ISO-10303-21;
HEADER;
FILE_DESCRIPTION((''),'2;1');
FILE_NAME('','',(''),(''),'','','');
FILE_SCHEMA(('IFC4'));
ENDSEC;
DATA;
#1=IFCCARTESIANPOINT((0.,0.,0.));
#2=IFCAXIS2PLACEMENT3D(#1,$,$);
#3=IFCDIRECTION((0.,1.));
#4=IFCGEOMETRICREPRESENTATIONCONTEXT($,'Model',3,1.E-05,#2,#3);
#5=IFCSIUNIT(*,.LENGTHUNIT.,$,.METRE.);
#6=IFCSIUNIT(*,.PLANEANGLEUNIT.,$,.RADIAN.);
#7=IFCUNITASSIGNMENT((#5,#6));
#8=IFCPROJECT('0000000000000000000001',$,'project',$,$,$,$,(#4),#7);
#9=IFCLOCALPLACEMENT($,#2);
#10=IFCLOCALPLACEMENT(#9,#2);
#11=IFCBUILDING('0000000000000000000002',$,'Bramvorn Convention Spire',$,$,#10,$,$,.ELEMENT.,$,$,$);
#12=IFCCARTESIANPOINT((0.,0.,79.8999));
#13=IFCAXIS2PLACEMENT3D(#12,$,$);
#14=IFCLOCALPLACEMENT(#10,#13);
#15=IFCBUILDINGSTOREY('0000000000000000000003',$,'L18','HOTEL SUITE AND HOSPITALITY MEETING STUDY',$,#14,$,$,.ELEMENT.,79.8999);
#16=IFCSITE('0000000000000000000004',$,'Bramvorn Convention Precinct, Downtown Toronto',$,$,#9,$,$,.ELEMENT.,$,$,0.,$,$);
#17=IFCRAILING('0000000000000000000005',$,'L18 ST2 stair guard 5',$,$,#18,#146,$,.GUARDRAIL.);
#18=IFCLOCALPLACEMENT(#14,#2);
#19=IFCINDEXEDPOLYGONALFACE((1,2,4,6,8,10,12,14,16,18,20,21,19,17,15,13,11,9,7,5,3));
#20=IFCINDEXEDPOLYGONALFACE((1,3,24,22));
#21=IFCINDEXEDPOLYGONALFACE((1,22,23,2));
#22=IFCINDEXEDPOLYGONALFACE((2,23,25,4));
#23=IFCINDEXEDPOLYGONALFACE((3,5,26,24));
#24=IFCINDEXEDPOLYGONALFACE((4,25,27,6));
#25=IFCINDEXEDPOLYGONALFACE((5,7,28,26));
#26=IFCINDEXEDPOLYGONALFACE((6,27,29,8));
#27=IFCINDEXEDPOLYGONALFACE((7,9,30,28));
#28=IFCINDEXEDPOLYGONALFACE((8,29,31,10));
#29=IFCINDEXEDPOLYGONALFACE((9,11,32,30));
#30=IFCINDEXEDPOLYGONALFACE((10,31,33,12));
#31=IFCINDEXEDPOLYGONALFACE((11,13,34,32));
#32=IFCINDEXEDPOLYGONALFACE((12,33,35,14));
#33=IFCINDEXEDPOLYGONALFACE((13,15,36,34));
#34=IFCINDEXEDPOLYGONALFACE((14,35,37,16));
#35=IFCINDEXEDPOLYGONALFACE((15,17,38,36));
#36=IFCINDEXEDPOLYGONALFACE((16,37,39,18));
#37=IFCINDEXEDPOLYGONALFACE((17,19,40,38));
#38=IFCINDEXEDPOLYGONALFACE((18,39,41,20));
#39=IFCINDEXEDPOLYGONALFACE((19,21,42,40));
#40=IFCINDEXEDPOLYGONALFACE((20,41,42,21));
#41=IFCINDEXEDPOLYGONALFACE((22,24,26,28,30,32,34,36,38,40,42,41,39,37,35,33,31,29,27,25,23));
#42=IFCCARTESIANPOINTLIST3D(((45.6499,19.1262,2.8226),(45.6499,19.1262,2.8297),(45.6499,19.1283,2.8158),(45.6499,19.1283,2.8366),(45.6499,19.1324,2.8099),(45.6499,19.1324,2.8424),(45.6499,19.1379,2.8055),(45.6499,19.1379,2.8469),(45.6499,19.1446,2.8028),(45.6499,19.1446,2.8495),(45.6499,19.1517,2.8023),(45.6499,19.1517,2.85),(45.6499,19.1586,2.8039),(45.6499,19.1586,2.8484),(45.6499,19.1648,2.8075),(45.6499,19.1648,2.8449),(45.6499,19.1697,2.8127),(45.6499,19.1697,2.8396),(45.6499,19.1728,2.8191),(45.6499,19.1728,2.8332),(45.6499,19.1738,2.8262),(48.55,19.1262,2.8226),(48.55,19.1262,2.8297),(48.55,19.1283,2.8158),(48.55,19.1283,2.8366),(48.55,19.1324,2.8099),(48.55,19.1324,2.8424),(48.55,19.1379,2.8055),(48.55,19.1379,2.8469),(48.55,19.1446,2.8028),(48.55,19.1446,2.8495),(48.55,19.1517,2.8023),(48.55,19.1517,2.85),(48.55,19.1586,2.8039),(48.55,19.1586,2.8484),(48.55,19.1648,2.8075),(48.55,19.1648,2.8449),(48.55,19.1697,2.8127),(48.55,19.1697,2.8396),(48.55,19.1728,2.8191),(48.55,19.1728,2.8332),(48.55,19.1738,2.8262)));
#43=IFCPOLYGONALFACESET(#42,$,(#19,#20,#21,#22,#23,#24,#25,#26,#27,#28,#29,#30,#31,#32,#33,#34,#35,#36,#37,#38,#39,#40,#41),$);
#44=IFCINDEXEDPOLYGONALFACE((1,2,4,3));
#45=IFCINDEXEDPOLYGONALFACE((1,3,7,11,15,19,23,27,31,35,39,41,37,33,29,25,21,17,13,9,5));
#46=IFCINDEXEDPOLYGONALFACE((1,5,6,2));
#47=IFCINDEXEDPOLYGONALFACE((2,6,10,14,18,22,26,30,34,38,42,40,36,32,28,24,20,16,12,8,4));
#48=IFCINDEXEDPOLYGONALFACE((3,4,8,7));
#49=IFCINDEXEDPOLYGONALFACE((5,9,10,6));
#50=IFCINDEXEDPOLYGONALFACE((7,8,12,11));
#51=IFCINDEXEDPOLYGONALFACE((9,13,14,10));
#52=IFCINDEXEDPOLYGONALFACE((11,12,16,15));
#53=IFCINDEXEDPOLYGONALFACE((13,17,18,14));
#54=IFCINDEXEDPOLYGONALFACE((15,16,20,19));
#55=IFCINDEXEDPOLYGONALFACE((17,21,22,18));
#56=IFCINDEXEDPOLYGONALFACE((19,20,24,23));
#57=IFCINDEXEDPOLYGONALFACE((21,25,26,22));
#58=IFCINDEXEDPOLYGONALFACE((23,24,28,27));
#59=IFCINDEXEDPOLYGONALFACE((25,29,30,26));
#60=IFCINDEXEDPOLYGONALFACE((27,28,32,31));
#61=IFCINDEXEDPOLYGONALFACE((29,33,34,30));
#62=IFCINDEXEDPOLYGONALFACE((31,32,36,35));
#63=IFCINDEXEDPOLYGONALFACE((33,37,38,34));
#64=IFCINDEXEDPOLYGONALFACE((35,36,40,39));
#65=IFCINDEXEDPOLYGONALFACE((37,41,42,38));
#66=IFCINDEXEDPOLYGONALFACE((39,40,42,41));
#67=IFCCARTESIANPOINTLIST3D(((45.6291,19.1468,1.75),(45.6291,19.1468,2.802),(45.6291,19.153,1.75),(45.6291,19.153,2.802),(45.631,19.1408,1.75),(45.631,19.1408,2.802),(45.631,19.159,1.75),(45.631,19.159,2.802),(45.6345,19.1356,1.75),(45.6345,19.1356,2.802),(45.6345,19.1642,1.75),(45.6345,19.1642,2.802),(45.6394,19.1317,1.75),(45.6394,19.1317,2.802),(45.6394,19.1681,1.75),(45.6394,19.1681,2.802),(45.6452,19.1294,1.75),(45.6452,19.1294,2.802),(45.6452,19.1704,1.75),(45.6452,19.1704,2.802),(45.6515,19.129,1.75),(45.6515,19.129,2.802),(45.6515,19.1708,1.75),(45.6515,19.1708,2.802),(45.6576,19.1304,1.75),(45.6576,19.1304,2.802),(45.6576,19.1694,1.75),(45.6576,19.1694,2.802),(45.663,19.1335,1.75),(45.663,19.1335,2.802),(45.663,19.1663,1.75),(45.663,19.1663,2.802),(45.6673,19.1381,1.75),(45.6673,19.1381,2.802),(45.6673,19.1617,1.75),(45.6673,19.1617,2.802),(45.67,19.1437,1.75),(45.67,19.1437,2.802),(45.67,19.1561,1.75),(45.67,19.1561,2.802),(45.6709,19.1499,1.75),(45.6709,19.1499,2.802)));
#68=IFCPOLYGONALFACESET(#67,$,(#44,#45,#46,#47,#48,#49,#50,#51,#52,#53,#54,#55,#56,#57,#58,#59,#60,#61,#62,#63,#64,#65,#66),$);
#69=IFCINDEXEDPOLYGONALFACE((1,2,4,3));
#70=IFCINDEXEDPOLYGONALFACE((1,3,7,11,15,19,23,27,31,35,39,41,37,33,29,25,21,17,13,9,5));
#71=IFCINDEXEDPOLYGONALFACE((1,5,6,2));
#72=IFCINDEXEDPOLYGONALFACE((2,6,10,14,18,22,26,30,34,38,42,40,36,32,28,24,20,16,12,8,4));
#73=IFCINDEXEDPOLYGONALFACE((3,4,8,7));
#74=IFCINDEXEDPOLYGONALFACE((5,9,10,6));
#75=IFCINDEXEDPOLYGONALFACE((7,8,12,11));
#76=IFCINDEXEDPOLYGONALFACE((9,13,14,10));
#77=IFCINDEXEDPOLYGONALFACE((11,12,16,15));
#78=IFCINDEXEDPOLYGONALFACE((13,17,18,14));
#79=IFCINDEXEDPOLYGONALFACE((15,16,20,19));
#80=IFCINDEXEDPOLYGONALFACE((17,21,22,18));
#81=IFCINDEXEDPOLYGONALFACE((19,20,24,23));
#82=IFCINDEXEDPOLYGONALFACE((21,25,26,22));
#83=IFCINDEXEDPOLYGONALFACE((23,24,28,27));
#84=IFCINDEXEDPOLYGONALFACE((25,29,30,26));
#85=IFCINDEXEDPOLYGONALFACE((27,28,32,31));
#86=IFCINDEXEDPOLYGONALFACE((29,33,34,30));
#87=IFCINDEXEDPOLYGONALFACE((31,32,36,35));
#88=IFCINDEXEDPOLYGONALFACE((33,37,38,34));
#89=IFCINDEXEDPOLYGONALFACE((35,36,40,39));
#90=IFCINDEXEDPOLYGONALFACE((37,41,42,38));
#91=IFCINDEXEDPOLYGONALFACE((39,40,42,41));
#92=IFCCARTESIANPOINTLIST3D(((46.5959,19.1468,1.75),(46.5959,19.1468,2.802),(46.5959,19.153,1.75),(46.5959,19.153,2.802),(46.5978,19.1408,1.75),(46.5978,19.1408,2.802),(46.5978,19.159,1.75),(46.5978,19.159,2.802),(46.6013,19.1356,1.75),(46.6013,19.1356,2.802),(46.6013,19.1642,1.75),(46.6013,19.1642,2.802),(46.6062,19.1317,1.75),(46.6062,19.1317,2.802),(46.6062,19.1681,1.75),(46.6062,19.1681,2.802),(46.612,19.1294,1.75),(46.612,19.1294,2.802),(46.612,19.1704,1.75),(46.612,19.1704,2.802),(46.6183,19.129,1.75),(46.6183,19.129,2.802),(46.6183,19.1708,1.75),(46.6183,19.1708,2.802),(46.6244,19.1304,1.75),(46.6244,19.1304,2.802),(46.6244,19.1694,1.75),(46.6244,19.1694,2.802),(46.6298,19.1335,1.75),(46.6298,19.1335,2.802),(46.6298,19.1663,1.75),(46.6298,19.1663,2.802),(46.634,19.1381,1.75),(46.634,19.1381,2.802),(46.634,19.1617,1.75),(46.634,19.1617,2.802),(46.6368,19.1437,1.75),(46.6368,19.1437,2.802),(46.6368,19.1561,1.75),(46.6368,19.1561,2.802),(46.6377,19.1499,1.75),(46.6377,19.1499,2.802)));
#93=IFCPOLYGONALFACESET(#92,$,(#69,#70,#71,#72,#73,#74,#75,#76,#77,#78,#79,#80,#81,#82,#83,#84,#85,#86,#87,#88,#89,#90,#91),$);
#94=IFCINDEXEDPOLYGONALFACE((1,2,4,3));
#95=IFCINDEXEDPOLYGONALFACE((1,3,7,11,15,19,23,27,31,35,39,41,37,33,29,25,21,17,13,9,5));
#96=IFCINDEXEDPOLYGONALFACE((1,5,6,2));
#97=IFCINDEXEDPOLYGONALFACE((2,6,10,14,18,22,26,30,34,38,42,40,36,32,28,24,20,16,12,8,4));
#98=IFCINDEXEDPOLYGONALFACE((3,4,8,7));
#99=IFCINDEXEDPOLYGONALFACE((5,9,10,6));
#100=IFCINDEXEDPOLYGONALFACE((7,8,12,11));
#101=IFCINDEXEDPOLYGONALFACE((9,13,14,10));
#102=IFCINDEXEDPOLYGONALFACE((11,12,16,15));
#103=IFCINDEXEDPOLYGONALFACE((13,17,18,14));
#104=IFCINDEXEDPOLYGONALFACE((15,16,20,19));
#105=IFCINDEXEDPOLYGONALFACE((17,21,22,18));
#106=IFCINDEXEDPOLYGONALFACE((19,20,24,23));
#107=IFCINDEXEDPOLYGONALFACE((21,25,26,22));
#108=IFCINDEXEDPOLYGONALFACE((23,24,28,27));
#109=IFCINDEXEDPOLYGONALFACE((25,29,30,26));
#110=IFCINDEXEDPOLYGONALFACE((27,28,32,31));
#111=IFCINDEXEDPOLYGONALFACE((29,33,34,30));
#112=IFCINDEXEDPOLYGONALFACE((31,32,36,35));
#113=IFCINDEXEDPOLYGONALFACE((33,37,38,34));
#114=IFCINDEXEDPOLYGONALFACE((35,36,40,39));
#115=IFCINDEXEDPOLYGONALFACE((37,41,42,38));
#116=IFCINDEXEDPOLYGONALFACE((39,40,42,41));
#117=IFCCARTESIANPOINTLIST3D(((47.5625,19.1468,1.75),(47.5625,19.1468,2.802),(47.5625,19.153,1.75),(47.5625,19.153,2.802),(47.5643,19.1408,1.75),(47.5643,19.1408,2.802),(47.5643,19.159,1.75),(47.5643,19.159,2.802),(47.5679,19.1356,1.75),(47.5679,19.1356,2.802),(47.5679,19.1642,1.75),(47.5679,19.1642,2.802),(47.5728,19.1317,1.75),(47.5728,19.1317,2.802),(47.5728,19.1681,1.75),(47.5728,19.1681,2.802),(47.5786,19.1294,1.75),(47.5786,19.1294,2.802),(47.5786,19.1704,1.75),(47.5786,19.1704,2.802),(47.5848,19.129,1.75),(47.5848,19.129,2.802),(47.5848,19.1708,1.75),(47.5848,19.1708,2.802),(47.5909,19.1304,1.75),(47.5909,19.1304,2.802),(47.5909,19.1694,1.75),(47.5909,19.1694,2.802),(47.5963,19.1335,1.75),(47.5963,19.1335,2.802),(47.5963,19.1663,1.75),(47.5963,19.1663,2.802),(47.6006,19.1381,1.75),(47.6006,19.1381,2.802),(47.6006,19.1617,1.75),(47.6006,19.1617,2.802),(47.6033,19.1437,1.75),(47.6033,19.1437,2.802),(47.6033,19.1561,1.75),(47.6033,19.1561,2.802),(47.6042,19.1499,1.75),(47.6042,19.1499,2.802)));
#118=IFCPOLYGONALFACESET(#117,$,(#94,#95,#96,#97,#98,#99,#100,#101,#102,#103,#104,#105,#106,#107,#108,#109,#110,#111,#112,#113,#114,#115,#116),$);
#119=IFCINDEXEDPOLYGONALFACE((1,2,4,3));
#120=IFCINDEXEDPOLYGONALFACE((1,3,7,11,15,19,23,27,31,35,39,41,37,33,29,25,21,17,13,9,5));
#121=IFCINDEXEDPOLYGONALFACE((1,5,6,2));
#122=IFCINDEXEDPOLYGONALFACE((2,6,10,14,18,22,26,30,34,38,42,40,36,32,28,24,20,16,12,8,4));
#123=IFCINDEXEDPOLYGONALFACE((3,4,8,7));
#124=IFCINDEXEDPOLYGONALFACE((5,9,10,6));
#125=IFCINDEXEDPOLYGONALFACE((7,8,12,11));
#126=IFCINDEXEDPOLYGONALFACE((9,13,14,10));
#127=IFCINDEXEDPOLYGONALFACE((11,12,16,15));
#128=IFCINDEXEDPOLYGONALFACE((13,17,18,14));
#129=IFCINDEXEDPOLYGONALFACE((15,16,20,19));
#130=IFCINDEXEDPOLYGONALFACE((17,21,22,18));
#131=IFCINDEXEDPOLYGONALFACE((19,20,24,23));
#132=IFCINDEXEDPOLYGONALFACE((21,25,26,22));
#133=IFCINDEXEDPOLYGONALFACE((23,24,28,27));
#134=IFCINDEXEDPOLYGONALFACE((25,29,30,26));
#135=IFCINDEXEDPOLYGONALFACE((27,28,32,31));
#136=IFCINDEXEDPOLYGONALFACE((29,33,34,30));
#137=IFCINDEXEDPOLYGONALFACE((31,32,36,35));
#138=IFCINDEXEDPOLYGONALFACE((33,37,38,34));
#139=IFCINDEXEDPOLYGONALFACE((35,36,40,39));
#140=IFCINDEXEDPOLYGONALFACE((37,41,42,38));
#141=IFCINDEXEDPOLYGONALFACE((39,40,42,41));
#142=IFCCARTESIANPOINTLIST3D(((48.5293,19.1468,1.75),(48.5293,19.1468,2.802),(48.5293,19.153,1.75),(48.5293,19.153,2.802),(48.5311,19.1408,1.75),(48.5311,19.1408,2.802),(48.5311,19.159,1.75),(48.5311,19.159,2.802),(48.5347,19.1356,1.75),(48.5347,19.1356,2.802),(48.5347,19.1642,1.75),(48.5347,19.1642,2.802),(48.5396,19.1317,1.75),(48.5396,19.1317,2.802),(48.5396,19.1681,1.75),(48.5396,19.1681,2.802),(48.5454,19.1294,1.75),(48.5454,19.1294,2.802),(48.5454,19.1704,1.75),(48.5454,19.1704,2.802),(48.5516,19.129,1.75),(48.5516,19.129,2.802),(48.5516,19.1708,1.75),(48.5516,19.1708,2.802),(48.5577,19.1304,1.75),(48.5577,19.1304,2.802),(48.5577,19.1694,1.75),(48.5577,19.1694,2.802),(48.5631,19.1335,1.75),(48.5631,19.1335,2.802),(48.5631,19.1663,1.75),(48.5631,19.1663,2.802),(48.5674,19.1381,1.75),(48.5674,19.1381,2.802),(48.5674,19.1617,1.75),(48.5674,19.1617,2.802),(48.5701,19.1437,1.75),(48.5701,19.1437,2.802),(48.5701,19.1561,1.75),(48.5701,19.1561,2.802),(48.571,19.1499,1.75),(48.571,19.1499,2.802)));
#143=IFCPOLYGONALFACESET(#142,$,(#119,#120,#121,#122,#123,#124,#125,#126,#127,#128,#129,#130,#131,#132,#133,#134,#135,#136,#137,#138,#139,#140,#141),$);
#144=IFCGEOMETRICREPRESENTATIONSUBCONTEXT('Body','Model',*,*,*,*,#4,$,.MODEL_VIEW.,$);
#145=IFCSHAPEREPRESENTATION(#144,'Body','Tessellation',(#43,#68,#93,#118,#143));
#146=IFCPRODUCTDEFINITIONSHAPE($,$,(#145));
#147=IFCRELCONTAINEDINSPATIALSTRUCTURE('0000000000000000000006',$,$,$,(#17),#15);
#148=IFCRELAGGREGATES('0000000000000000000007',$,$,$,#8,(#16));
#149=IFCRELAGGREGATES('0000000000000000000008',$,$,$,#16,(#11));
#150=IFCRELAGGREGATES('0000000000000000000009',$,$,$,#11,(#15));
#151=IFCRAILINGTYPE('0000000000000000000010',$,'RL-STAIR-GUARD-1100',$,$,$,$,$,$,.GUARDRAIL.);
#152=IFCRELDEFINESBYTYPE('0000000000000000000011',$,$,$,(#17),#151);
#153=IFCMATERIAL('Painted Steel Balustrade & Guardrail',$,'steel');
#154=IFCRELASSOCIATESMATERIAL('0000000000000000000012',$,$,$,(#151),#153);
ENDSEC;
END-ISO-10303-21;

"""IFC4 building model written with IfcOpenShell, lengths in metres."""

from ifc_helpers import new_model, si_unit, direction, frame, origin, origin_2d, place, context, subcontext, project, spatial, circle, extrude, material, type_object, element, save


model = new_model("IFC4")

# Units and contexts
model_context = context("Model", 3, precision=1e-05, world=origin(), true_north=direction((0.0, 1.0)))
body_context = subcontext(model_context, "Body", "Model", "MODEL_VIEW")
ifc_project = project(units=[si_unit("LENGTHUNIT", "METRE"), si_unit("PLANEANGLEUNIT", "RADIAN")], contexts=[model_context])

# Site, building, storey
site_placement = place(None, origin())
site = spatial("IfcSite", under=ifc_project, at=site_placement, Name="Bramvorn Convention Precinct, Downtown Toronto", CompositionType="ELEMENT", RefElevation=0.0)
building_placement = place(site_placement, origin())
building = spatial("IfcBuilding", under=site, at=building_placement, Name="Bramvorn Convention Spire", CompositionType="ELEMENT")
storey_placement = place(building_placement, frame((0.0, 0.0, 79.8999)))
storey = spatial("IfcBuildingStorey", under=building, at=storey_placement, Name="L18", Description="HOTEL SUITE AND HOSPITALITY MEETING STUDY", CompositionType="ELEMENT", Elevation=79.8999)

# Railing
ifc_material_1 = material(Name="Painted Steel Balustrade & Guardrail", Category="steel")
railing_type_1 = type_object("IfcRailingType", Name="RL-STAIR-GUARD-1100", PredefinedType="GUARDRAIL", material=ifc_material_1)
railing_1_placement = place(storey_placement, frame((45.6499, 19.1499, 1.75)))
element("IfcRailing", 1, at=railing_1_placement, inside=storey, type_object=railing_type_1, Name="L18 ST2 stair guard 5", PredefinedType="GUARDRAIL", context=body_context, shape_type="SweptSolid", body=[
    extrude(circle(Radius=0.0239, at=origin_2d()), frame((0.0, 0.0, 1.0762), z_axis=(1.0, 0.0, 0.0), x_axis=(0.0, 1.0, 0.0)), (0.0, 0.0, 1.0), 2.9001),
    extrude(circle(Radius=0.021, at=origin_2d()), origin(), (0.0, 0.0, 1.0), 1.052),
    extrude(circle(Radius=0.021, at=origin_2d()), frame((0.9668, 0.0, 0.0)), (0.0, 0.0, 1.0), 1.052),
    extrude(circle(Radius=0.021, at=origin_2d()), frame((1.9333, 0.0, 0.0)), (0.0, 0.0, 1.0), 1.052),
    extrude(circle(Radius=0.021, at=origin_2d()), frame((2.9001, 0.0, 0.0)), (0.0, 0.0, 1.0), 1.052),
])

save(model, "model.ifc")
